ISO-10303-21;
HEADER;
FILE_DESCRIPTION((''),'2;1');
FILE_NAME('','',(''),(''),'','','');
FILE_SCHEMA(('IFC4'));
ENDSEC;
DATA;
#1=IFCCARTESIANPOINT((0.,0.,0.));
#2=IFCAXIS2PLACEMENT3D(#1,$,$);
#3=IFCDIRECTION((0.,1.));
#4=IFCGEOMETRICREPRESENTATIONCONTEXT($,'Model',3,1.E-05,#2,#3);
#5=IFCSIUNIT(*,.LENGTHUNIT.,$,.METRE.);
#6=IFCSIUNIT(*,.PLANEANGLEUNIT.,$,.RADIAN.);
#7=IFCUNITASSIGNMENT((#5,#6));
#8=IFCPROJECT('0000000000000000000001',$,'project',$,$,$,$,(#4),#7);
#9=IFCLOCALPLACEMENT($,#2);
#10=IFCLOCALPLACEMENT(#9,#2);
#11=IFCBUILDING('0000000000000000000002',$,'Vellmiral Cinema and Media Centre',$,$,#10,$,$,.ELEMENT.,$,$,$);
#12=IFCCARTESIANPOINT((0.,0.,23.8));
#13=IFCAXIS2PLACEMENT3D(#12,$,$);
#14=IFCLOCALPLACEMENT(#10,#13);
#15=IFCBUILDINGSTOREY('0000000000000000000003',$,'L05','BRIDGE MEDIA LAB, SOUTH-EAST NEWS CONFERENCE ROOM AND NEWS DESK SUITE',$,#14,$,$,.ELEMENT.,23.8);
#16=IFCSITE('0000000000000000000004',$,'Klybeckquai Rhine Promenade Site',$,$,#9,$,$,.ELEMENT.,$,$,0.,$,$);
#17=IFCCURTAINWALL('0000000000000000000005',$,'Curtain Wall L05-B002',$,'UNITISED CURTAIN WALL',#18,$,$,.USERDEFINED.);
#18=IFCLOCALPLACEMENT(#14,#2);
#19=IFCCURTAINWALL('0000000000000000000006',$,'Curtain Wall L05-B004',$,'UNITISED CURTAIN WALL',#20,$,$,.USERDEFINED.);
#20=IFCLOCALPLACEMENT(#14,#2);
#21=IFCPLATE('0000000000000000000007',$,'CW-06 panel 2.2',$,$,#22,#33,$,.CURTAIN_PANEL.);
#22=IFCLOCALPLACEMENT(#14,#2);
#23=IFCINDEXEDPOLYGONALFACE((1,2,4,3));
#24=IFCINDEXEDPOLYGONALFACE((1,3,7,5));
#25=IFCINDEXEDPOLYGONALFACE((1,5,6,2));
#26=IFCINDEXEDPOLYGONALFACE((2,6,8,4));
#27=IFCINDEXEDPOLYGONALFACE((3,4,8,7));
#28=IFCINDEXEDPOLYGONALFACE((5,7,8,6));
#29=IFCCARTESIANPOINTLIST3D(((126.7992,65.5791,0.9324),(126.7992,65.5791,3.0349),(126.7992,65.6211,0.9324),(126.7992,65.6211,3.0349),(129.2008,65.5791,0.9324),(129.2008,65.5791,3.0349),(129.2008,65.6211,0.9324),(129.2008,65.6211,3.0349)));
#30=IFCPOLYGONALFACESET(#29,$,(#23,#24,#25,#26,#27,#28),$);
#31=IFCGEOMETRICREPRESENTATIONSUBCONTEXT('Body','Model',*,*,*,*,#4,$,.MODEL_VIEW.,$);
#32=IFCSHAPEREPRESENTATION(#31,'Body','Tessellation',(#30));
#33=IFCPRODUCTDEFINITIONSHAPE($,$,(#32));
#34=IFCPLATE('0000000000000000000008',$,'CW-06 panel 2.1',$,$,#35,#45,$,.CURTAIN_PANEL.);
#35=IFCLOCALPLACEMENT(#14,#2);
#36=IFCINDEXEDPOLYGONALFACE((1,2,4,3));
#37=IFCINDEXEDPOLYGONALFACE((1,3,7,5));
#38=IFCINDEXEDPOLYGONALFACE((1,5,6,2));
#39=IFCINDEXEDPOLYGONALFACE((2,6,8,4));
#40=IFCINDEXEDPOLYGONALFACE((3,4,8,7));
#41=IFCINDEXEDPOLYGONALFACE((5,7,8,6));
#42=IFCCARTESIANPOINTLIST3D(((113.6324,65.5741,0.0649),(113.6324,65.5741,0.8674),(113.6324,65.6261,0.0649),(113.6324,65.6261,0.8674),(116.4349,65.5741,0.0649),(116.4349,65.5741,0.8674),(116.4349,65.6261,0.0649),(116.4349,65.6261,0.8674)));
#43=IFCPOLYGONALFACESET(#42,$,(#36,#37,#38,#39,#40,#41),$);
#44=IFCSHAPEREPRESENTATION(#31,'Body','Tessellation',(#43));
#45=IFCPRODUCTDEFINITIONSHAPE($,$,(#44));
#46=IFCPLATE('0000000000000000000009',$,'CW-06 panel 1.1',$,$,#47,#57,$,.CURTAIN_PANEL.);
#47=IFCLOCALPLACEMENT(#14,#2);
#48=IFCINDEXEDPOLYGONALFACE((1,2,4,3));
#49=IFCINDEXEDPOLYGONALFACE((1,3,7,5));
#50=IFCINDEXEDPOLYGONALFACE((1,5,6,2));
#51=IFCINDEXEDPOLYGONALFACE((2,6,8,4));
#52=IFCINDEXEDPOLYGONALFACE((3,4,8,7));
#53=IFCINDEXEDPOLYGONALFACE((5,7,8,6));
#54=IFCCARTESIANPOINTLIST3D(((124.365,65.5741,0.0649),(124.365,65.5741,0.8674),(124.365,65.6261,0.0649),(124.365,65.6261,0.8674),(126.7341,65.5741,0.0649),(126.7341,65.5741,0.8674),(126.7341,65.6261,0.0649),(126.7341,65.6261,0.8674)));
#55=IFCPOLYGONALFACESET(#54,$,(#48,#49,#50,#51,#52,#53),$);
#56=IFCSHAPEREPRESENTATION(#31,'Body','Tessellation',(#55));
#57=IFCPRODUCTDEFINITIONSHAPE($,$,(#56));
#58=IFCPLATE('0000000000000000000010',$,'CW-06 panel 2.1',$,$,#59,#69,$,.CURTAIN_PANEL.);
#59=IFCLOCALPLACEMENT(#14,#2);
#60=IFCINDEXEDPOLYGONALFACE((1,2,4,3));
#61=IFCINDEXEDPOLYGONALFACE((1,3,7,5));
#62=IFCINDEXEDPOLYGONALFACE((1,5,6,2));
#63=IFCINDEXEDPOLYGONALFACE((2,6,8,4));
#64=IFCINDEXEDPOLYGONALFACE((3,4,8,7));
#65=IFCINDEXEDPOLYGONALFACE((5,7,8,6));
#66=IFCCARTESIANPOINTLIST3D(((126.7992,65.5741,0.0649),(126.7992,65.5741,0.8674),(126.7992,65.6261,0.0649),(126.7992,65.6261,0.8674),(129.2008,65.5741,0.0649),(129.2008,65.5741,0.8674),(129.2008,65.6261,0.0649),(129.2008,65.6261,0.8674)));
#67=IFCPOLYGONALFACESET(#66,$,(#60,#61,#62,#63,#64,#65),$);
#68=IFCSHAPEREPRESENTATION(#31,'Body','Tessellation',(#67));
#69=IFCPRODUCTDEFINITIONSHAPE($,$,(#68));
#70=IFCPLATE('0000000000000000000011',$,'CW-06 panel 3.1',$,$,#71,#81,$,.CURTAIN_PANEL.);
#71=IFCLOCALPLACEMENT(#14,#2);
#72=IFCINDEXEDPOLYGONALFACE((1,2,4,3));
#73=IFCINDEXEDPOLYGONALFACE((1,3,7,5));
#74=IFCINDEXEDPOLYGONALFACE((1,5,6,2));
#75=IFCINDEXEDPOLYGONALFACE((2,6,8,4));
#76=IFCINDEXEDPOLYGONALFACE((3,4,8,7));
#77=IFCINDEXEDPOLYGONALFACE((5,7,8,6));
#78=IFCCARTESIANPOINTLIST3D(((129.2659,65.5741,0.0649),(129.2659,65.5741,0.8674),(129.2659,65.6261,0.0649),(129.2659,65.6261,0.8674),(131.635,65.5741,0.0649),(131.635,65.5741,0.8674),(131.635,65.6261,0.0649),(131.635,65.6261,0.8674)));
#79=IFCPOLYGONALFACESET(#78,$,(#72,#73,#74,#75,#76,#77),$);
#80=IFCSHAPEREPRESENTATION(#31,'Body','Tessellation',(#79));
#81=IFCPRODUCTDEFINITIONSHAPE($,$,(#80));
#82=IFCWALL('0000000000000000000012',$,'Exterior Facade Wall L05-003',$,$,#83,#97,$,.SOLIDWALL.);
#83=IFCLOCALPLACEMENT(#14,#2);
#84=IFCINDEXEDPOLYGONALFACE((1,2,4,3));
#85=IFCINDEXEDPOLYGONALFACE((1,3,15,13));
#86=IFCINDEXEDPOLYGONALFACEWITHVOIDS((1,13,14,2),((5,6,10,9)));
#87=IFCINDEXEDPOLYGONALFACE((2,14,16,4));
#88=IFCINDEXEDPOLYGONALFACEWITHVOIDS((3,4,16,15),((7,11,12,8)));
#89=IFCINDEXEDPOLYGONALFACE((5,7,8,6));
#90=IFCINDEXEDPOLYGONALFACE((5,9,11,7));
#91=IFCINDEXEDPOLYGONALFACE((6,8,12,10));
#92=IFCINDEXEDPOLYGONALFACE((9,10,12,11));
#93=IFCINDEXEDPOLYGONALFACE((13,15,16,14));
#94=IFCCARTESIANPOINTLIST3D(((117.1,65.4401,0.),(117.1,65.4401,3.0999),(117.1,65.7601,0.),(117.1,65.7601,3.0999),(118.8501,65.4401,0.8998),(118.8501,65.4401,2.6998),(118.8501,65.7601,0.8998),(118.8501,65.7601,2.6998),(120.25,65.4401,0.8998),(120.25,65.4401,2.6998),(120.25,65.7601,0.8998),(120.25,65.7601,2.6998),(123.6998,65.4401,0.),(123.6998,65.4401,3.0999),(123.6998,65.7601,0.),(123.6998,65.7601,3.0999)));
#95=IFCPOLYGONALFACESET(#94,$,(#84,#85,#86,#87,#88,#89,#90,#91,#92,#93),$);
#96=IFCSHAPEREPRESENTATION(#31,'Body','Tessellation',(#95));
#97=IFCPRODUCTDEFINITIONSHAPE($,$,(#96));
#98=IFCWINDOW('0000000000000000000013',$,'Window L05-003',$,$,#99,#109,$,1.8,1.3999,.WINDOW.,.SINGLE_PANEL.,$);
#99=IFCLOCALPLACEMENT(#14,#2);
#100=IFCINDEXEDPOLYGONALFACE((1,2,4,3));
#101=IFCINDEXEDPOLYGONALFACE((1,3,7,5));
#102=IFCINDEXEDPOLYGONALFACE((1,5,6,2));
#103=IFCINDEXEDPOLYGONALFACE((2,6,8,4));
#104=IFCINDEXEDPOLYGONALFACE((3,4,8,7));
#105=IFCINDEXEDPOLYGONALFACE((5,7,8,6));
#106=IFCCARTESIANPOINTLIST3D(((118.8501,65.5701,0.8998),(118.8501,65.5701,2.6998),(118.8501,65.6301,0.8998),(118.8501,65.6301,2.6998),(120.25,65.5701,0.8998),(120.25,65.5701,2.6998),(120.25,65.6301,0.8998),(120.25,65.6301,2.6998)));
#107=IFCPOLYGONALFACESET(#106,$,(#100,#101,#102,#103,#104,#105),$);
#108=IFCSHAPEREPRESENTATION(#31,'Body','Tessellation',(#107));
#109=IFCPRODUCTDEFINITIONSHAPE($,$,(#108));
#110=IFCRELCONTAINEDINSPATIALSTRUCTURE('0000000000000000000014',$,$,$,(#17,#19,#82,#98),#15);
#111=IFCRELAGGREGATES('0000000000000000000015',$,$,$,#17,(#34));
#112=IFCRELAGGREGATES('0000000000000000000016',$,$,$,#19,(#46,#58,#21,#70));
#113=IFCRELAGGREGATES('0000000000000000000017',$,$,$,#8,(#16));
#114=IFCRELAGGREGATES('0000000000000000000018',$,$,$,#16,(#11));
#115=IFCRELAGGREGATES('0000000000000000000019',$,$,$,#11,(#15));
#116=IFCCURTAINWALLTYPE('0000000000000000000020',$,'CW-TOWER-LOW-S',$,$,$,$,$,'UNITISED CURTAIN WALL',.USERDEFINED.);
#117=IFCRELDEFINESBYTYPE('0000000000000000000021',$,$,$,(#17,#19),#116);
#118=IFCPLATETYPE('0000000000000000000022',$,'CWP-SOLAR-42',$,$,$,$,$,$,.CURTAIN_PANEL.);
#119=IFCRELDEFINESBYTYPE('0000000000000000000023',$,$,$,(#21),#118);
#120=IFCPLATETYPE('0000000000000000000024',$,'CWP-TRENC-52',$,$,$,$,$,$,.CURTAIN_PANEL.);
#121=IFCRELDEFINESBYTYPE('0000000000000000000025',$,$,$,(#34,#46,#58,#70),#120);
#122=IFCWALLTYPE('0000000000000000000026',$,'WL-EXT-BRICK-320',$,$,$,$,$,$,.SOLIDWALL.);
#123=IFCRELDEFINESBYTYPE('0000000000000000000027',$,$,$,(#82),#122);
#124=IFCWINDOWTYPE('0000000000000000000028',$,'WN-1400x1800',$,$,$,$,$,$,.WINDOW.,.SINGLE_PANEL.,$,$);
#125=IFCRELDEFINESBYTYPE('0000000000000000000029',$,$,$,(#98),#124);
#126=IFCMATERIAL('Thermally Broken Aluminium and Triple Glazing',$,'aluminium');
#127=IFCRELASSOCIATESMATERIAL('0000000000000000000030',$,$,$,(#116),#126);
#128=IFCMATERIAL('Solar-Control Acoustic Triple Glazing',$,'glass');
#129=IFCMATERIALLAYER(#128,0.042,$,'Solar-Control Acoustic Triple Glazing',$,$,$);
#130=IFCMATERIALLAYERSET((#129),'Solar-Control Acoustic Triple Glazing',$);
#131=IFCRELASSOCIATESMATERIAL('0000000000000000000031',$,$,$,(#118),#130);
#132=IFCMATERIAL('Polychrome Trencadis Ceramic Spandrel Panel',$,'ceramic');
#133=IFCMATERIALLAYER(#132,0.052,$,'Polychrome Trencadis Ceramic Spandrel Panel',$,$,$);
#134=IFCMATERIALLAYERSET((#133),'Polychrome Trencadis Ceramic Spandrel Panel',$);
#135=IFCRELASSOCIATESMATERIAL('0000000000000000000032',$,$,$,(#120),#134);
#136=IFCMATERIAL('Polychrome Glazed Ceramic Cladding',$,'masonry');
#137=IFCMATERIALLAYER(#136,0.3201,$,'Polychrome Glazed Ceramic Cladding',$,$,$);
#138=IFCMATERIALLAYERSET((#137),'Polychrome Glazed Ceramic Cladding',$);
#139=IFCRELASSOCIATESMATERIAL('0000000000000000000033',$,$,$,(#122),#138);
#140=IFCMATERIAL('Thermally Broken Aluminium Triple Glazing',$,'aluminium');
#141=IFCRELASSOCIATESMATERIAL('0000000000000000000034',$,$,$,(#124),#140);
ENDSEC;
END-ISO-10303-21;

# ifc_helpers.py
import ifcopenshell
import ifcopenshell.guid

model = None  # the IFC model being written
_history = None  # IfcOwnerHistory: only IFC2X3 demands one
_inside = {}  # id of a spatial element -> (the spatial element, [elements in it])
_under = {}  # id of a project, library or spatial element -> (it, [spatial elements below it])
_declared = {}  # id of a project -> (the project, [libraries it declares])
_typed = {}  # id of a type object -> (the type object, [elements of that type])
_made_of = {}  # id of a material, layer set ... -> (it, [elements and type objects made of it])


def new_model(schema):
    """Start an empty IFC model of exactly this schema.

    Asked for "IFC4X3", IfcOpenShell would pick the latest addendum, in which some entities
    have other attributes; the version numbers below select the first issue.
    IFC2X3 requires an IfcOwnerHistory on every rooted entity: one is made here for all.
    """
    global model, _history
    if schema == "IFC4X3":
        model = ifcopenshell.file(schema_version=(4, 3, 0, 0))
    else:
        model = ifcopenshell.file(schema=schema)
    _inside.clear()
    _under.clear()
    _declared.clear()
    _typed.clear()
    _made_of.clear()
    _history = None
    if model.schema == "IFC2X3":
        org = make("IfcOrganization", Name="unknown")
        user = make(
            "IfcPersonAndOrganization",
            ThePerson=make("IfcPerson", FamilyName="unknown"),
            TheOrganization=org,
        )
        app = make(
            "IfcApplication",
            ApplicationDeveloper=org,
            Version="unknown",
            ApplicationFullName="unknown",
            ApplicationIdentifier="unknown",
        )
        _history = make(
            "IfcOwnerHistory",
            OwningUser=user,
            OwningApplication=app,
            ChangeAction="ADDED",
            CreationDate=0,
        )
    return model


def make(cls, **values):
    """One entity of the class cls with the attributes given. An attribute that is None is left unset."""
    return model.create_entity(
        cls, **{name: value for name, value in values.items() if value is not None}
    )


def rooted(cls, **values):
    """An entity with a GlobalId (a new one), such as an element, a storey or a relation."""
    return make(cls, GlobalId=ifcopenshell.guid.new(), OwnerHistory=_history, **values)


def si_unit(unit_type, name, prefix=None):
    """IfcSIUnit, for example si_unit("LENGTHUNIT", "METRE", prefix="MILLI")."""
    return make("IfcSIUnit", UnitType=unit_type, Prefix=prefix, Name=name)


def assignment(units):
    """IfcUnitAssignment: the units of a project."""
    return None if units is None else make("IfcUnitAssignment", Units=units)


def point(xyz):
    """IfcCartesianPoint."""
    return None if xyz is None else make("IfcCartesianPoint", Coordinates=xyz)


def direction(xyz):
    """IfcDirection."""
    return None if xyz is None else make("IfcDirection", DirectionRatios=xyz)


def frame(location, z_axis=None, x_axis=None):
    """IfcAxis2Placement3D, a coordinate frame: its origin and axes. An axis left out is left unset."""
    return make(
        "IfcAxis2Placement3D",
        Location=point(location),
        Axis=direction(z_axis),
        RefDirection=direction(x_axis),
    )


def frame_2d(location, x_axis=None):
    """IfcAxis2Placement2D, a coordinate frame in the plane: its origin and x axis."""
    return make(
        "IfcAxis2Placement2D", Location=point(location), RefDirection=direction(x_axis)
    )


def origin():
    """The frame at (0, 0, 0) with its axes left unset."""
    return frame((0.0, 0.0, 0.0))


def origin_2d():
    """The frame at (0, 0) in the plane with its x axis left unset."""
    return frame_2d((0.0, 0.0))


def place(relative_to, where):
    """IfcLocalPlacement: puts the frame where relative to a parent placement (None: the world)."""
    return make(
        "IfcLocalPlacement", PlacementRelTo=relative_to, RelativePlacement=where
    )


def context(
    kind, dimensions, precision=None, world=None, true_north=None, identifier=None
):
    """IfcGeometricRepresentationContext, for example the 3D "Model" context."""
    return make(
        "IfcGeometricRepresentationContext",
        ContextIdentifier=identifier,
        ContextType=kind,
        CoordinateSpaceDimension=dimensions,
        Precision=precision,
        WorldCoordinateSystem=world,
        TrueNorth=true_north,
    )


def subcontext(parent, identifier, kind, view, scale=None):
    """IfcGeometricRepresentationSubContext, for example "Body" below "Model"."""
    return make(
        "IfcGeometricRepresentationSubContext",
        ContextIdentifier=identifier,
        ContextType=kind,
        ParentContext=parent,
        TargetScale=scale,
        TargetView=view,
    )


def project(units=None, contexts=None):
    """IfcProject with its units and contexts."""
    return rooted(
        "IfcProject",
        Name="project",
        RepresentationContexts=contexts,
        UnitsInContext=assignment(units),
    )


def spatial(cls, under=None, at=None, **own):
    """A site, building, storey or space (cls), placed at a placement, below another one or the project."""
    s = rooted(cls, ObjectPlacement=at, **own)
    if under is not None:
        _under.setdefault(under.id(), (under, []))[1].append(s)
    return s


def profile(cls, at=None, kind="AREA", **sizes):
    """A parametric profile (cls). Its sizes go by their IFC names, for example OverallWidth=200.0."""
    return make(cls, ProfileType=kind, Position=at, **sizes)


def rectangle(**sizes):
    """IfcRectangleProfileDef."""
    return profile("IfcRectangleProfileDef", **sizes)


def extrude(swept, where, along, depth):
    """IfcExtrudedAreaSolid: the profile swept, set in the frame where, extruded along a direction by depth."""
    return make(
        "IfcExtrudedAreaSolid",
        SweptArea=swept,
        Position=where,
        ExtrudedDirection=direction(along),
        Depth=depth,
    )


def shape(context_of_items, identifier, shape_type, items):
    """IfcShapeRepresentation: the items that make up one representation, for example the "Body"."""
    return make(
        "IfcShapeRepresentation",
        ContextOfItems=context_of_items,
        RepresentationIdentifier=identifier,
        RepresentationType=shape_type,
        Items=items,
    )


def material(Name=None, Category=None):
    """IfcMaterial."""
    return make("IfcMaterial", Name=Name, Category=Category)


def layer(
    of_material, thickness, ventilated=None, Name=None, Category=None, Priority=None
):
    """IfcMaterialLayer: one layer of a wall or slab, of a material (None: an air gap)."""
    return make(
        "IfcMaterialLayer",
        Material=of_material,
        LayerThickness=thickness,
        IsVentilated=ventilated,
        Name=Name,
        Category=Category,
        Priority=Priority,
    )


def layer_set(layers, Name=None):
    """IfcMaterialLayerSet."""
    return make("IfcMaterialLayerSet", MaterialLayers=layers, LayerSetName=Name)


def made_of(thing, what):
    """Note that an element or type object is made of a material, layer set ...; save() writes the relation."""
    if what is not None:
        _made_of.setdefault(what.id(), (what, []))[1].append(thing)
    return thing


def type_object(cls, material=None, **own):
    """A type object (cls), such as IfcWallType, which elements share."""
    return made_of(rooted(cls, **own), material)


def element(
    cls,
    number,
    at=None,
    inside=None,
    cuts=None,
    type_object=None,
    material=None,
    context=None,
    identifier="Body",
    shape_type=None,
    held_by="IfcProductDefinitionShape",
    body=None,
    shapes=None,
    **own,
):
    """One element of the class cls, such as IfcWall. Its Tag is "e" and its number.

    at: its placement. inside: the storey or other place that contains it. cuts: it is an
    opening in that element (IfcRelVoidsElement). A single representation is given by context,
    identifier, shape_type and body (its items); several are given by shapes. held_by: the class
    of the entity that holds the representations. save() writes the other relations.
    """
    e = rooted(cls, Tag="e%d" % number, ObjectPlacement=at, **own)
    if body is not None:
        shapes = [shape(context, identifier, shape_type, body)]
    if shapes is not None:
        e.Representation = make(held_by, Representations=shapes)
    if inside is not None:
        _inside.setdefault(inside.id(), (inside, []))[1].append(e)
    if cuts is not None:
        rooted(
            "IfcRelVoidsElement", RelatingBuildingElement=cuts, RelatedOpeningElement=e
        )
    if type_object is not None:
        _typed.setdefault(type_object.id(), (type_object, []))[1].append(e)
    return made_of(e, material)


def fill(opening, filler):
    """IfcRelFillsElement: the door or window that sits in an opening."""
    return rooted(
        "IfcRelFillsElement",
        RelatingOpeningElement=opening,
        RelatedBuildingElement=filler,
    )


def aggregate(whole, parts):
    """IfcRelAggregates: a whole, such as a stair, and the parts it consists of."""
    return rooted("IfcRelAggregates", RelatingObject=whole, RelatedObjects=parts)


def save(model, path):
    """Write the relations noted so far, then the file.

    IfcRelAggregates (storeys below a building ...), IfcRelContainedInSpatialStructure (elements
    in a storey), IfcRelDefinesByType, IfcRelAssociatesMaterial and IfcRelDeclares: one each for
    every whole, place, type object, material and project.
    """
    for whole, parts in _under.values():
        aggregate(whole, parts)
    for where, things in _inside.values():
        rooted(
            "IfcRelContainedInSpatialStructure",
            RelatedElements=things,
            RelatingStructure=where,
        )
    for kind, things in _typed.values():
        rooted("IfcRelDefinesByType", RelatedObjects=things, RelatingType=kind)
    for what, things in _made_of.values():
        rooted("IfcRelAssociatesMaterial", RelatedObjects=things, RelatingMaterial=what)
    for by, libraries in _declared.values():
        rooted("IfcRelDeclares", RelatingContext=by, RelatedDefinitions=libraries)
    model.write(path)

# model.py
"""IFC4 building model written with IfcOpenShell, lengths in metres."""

from ifc_helpers import new_model, si_unit, direction, frame, frame_2d, origin, origin_2d, place, context, subcontext, project, spatial, rectangle, extrude, material, layer, layer_set, type_object, element, fill, aggregate, save


model = new_model("IFC4")

# Units and contexts
model_context = context("Model", 3, precision=1e-05, world=origin(), true_north=direction((0.0, 1.0)))
body_context = subcontext(model_context, "Body", "Model", "MODEL_VIEW")
ifc_project = project(units=[si_unit("LENGTHUNIT", "METRE"), si_unit("PLANEANGLEUNIT", "RADIAN")], contexts=[model_context])

# Site, building, storey
site_placement = place(None, origin())
site = spatial("IfcSite", under=ifc_project, at=site_placement, Name="Klybeckquai Rhine Promenade Site", CompositionType="ELEMENT", RefElevation=0.0)
building_placement = place(site_placement, origin())
building = spatial("IfcBuilding", under=site, at=building_placement, Name="Vellmiral Cinema and Media Centre", CompositionType="ELEMENT")
storey_placement = place(building_placement, frame((0.0, 0.0, 23.8)))
storey = spatial("IfcBuildingStorey", under=building, at=storey_placement, Name="L05", Description="BRIDGE MEDIA LAB, SOUTH-EAST NEWS CONFERENCE ROOM AND NEWS DESK SUITE", CompositionType="ELEMENT", Elevation=23.8)

# Curtain walls
ifc_material_1 = material(Name="Thermally Broken Aluminium and Triple Glazing", Category="aluminium")
curtain_wall_type = type_object("IfcCurtainWallType", Name="CW-TOWER-LOW-S", ElementType="UNITISED CURTAIN WALL", PredefinedType="USERDEFINED", material=ifc_material_1)
curtain_wall_1_placement = place(storey_placement, origin())
curtain_wall_1 = element("IfcCurtainWall", 1, at=curtain_wall_1_placement, inside=storey, type_object=curtain_wall_type, Name="Curtain Wall L05-B002", ObjectType="UNITISED CURTAIN WALL", PredefinedType="USERDEFINED")
curtain_wall_2_placement = place(storey_placement, origin())
curtain_wall_2 = element("IfcCurtainWall", 2, at=curtain_wall_2_placement, inside=storey, type_object=curtain_wall_type, Name="Curtain Wall L05-B004", ObjectType="UNITISED CURTAIN WALL", PredefinedType="USERDEFINED")

# Plates
ifc_material_2 = material(Name="Solar-Control Acoustic Triple Glazing", Category="glass")
ifc_layer_1 = layer(ifc_material_2, 0.042, Name="Solar-Control Acoustic Triple Glazing")
ifc_layer_set_1 = layer_set([ifc_layer_1], Name="Solar-Control Acoustic Triple Glazing")
plate_type_1 = type_object("IfcPlateType", Name="CWP-SOLAR-42", PredefinedType="CURTAIN_PANEL", material=ifc_layer_set_1)
plate_1_placement = place(storey_placement, frame((128.0, 65.6001, 0.9324), z_axis=(0.0, 0.0, 1.0), x_axis=(1.0, 0.0, 0.0)))
plate_1 = element("IfcPlate", 3, at=plate_1_placement, type_object=plate_type_1, Name="CW-06 panel 2.2", PredefinedType="CURTAIN_PANEL", context=body_context, shape_type="SweptSolid", body=[
    extrude(rectangle(XDim=2.4016, YDim=0.042, at=origin_2d()), origin(), (0.0, 0.0, 1.0), 2.1025),
])
ifc_material_3 = material(Name="Polychrome Trencadis Ceramic Spandrel Panel", Category="ceramic")
ifc_layer_2 = layer(ifc_material_3, 0.052, Name="Polychrome Trencadis Ceramic Spandrel Panel")
ifc_layer_set_2 = layer_set([ifc_layer_2], Name="Polychrome Trencadis Ceramic Spandrel Panel")
plate_type_2 = type_object("IfcPlateType", Name="CWP-TRENC-52", PredefinedType="CURTAIN_PANEL", material=ifc_layer_set_2)
plate_2_placement = place(storey_placement, frame((115.0337, 65.6001, 0.0649), z_axis=(0.0, 0.0, 1.0), x_axis=(1.0, 0.0, 0.0)))
plate_2 = element("IfcPlate", 4, at=plate_2_placement, type_object=plate_type_2, Name="CW-06 panel 2.1", PredefinedType="CURTAIN_PANEL", context=body_context, shape_type="SweptSolid", body=[
    extrude(rectangle(XDim=2.8025, YDim=0.052, at=origin_2d()), origin(), (0.0, 0.0, 1.0), 0.8025),
])
aggregate(curtain_wall_1, [plate_2])
plate_3_placement = place(storey_placement, frame((125.5496, 65.6001, 0.0649), z_axis=(0.0, 0.0, 1.0), x_axis=(1.0, 0.0, 0.0)))
plate_3 = element("IfcPlate", 5, at=plate_3_placement, type_object=plate_type_2, Name="CW-06 panel 1.1", PredefinedType="CURTAIN_PANEL", context=body_context, shape_type="SweptSolid", body=[
    extrude(rectangle(XDim=2.3691, YDim=0.052, at=origin_2d()), origin(), (0.0, 0.0, 1.0), 0.8025),
])
plate_4_placement = place(storey_placement, frame((128.0, 65.6001, 0.0649), z_axis=(0.0, 0.0, 1.0), x_axis=(1.0, 0.0, 0.0)))
plate_4 = element("IfcPlate", 6, at=plate_4_placement, type_object=plate_type_2, Name="CW-06 panel 2.1", PredefinedType="CURTAIN_PANEL", context=body_context, shape_type="SweptSolid", body=[
    extrude(rectangle(XDim=2.4016, YDim=0.052, at=origin_2d()), origin(), (0.0, 0.0, 1.0), 0.8025),
])
plate_5_placement = place(storey_placement, frame((130.4504, 65.6001, 0.0649), z_axis=(0.0, 0.0, 1.0), x_axis=(1.0, 0.0, 0.0)))
plate_5 = element("IfcPlate", 7, at=plate_5_placement, type_object=plate_type_2, Name="CW-06 panel 3.1", PredefinedType="CURTAIN_PANEL", context=body_context, shape_type="SweptSolid", body=[
    extrude(rectangle(XDim=2.3691, YDim=0.052, at=origin_2d()), origin(), (0.0, 0.0, 1.0), 0.8025),
])
aggregate(curtain_wall_2, [plate_3, plate_4, plate_1, plate_5])

# Wall, opening, window
ifc_material_4 = material(Name="Polychrome Glazed Ceramic Cladding", Category="masonry")
ifc_layer_3 = layer(ifc_material_4, 0.3201, Name="Polychrome Glazed Ceramic Cladding")
ifc_layer_set_3 = layer_set([ifc_layer_3], Name="Polychrome Glazed Ceramic Cladding")
wall_type = type_object("IfcWallType", Name="WL-EXT-BRICK-320", PredefinedType="SOLIDWALL", material=ifc_layer_set_3)
wall_placement = place(storey_placement, frame((117.1001, 65.6001, 0.0), z_axis=(0.0, 0.0, 1.0), x_axis=(1.0, 0.0, 0.0)))
wall = element("IfcWall", 8, at=wall_placement, inside=storey, type_object=wall_type, Name="Exterior Facade Wall L05-003", PredefinedType="SOLIDWALL", context=body_context, shape_type="SweptSolid", body=[
    extrude(rectangle(XDim=6.5999, YDim=0.3201, at=frame_2d((3.2998, 0.0))), origin(), (0.0, 0.0, 1.0), 3.0999),
])
opening_placement = place(wall_placement, frame((1.75, 0.0, 0.8999)))
opening = element("IfcOpeningElement", 9, at=opening_placement, cuts=wall, PredefinedType="OPENING", context=body_context, shape_type="SweptSolid", body=[
    extrude(rectangle(XDim=1.3999, YDim=1.8, at=frame_2d((0.7, 0.8999))), frame((0.0, 0.1719, 0.0), z_axis=(0.0, -1.0, 0.0), x_axis=(1.0, 0.0, 0.0)), (0.0, 0.0, 1.0), 0.344),
])
ifc_material_5 = material(Name="Thermally Broken Aluminium Triple Glazing", Category="aluminium")
window_type = type_object("IfcWindowType", Name="WN-1400x1800", PartitioningType="SINGLE_PANEL", PredefinedType="WINDOW", material=ifc_material_5)
window_placement = place(opening_placement, origin())
window = element("IfcWindow", 10, at=window_placement, inside=storey, type_object=window_type, Name="Window L05-003", OverallHeight=1.8, OverallWidth=1.3999, PartitioningType="SINGLE_PANEL", PredefinedType="WINDOW", context=body_context, shape_type="SweptSolid", body=[
    extrude(rectangle(XDim=1.3999, YDim=1.8, at=frame_2d((0.7, 0.8999))), frame((0.0, 0.03, 0.0), z_axis=(0.0, -1.0, 0.0), x_axis=(1.0, 0.0, 0.0)), (0.0, 0.0, 1.0), 0.0601),
])
fill(opening, window)

save(model, "model.ifc")
